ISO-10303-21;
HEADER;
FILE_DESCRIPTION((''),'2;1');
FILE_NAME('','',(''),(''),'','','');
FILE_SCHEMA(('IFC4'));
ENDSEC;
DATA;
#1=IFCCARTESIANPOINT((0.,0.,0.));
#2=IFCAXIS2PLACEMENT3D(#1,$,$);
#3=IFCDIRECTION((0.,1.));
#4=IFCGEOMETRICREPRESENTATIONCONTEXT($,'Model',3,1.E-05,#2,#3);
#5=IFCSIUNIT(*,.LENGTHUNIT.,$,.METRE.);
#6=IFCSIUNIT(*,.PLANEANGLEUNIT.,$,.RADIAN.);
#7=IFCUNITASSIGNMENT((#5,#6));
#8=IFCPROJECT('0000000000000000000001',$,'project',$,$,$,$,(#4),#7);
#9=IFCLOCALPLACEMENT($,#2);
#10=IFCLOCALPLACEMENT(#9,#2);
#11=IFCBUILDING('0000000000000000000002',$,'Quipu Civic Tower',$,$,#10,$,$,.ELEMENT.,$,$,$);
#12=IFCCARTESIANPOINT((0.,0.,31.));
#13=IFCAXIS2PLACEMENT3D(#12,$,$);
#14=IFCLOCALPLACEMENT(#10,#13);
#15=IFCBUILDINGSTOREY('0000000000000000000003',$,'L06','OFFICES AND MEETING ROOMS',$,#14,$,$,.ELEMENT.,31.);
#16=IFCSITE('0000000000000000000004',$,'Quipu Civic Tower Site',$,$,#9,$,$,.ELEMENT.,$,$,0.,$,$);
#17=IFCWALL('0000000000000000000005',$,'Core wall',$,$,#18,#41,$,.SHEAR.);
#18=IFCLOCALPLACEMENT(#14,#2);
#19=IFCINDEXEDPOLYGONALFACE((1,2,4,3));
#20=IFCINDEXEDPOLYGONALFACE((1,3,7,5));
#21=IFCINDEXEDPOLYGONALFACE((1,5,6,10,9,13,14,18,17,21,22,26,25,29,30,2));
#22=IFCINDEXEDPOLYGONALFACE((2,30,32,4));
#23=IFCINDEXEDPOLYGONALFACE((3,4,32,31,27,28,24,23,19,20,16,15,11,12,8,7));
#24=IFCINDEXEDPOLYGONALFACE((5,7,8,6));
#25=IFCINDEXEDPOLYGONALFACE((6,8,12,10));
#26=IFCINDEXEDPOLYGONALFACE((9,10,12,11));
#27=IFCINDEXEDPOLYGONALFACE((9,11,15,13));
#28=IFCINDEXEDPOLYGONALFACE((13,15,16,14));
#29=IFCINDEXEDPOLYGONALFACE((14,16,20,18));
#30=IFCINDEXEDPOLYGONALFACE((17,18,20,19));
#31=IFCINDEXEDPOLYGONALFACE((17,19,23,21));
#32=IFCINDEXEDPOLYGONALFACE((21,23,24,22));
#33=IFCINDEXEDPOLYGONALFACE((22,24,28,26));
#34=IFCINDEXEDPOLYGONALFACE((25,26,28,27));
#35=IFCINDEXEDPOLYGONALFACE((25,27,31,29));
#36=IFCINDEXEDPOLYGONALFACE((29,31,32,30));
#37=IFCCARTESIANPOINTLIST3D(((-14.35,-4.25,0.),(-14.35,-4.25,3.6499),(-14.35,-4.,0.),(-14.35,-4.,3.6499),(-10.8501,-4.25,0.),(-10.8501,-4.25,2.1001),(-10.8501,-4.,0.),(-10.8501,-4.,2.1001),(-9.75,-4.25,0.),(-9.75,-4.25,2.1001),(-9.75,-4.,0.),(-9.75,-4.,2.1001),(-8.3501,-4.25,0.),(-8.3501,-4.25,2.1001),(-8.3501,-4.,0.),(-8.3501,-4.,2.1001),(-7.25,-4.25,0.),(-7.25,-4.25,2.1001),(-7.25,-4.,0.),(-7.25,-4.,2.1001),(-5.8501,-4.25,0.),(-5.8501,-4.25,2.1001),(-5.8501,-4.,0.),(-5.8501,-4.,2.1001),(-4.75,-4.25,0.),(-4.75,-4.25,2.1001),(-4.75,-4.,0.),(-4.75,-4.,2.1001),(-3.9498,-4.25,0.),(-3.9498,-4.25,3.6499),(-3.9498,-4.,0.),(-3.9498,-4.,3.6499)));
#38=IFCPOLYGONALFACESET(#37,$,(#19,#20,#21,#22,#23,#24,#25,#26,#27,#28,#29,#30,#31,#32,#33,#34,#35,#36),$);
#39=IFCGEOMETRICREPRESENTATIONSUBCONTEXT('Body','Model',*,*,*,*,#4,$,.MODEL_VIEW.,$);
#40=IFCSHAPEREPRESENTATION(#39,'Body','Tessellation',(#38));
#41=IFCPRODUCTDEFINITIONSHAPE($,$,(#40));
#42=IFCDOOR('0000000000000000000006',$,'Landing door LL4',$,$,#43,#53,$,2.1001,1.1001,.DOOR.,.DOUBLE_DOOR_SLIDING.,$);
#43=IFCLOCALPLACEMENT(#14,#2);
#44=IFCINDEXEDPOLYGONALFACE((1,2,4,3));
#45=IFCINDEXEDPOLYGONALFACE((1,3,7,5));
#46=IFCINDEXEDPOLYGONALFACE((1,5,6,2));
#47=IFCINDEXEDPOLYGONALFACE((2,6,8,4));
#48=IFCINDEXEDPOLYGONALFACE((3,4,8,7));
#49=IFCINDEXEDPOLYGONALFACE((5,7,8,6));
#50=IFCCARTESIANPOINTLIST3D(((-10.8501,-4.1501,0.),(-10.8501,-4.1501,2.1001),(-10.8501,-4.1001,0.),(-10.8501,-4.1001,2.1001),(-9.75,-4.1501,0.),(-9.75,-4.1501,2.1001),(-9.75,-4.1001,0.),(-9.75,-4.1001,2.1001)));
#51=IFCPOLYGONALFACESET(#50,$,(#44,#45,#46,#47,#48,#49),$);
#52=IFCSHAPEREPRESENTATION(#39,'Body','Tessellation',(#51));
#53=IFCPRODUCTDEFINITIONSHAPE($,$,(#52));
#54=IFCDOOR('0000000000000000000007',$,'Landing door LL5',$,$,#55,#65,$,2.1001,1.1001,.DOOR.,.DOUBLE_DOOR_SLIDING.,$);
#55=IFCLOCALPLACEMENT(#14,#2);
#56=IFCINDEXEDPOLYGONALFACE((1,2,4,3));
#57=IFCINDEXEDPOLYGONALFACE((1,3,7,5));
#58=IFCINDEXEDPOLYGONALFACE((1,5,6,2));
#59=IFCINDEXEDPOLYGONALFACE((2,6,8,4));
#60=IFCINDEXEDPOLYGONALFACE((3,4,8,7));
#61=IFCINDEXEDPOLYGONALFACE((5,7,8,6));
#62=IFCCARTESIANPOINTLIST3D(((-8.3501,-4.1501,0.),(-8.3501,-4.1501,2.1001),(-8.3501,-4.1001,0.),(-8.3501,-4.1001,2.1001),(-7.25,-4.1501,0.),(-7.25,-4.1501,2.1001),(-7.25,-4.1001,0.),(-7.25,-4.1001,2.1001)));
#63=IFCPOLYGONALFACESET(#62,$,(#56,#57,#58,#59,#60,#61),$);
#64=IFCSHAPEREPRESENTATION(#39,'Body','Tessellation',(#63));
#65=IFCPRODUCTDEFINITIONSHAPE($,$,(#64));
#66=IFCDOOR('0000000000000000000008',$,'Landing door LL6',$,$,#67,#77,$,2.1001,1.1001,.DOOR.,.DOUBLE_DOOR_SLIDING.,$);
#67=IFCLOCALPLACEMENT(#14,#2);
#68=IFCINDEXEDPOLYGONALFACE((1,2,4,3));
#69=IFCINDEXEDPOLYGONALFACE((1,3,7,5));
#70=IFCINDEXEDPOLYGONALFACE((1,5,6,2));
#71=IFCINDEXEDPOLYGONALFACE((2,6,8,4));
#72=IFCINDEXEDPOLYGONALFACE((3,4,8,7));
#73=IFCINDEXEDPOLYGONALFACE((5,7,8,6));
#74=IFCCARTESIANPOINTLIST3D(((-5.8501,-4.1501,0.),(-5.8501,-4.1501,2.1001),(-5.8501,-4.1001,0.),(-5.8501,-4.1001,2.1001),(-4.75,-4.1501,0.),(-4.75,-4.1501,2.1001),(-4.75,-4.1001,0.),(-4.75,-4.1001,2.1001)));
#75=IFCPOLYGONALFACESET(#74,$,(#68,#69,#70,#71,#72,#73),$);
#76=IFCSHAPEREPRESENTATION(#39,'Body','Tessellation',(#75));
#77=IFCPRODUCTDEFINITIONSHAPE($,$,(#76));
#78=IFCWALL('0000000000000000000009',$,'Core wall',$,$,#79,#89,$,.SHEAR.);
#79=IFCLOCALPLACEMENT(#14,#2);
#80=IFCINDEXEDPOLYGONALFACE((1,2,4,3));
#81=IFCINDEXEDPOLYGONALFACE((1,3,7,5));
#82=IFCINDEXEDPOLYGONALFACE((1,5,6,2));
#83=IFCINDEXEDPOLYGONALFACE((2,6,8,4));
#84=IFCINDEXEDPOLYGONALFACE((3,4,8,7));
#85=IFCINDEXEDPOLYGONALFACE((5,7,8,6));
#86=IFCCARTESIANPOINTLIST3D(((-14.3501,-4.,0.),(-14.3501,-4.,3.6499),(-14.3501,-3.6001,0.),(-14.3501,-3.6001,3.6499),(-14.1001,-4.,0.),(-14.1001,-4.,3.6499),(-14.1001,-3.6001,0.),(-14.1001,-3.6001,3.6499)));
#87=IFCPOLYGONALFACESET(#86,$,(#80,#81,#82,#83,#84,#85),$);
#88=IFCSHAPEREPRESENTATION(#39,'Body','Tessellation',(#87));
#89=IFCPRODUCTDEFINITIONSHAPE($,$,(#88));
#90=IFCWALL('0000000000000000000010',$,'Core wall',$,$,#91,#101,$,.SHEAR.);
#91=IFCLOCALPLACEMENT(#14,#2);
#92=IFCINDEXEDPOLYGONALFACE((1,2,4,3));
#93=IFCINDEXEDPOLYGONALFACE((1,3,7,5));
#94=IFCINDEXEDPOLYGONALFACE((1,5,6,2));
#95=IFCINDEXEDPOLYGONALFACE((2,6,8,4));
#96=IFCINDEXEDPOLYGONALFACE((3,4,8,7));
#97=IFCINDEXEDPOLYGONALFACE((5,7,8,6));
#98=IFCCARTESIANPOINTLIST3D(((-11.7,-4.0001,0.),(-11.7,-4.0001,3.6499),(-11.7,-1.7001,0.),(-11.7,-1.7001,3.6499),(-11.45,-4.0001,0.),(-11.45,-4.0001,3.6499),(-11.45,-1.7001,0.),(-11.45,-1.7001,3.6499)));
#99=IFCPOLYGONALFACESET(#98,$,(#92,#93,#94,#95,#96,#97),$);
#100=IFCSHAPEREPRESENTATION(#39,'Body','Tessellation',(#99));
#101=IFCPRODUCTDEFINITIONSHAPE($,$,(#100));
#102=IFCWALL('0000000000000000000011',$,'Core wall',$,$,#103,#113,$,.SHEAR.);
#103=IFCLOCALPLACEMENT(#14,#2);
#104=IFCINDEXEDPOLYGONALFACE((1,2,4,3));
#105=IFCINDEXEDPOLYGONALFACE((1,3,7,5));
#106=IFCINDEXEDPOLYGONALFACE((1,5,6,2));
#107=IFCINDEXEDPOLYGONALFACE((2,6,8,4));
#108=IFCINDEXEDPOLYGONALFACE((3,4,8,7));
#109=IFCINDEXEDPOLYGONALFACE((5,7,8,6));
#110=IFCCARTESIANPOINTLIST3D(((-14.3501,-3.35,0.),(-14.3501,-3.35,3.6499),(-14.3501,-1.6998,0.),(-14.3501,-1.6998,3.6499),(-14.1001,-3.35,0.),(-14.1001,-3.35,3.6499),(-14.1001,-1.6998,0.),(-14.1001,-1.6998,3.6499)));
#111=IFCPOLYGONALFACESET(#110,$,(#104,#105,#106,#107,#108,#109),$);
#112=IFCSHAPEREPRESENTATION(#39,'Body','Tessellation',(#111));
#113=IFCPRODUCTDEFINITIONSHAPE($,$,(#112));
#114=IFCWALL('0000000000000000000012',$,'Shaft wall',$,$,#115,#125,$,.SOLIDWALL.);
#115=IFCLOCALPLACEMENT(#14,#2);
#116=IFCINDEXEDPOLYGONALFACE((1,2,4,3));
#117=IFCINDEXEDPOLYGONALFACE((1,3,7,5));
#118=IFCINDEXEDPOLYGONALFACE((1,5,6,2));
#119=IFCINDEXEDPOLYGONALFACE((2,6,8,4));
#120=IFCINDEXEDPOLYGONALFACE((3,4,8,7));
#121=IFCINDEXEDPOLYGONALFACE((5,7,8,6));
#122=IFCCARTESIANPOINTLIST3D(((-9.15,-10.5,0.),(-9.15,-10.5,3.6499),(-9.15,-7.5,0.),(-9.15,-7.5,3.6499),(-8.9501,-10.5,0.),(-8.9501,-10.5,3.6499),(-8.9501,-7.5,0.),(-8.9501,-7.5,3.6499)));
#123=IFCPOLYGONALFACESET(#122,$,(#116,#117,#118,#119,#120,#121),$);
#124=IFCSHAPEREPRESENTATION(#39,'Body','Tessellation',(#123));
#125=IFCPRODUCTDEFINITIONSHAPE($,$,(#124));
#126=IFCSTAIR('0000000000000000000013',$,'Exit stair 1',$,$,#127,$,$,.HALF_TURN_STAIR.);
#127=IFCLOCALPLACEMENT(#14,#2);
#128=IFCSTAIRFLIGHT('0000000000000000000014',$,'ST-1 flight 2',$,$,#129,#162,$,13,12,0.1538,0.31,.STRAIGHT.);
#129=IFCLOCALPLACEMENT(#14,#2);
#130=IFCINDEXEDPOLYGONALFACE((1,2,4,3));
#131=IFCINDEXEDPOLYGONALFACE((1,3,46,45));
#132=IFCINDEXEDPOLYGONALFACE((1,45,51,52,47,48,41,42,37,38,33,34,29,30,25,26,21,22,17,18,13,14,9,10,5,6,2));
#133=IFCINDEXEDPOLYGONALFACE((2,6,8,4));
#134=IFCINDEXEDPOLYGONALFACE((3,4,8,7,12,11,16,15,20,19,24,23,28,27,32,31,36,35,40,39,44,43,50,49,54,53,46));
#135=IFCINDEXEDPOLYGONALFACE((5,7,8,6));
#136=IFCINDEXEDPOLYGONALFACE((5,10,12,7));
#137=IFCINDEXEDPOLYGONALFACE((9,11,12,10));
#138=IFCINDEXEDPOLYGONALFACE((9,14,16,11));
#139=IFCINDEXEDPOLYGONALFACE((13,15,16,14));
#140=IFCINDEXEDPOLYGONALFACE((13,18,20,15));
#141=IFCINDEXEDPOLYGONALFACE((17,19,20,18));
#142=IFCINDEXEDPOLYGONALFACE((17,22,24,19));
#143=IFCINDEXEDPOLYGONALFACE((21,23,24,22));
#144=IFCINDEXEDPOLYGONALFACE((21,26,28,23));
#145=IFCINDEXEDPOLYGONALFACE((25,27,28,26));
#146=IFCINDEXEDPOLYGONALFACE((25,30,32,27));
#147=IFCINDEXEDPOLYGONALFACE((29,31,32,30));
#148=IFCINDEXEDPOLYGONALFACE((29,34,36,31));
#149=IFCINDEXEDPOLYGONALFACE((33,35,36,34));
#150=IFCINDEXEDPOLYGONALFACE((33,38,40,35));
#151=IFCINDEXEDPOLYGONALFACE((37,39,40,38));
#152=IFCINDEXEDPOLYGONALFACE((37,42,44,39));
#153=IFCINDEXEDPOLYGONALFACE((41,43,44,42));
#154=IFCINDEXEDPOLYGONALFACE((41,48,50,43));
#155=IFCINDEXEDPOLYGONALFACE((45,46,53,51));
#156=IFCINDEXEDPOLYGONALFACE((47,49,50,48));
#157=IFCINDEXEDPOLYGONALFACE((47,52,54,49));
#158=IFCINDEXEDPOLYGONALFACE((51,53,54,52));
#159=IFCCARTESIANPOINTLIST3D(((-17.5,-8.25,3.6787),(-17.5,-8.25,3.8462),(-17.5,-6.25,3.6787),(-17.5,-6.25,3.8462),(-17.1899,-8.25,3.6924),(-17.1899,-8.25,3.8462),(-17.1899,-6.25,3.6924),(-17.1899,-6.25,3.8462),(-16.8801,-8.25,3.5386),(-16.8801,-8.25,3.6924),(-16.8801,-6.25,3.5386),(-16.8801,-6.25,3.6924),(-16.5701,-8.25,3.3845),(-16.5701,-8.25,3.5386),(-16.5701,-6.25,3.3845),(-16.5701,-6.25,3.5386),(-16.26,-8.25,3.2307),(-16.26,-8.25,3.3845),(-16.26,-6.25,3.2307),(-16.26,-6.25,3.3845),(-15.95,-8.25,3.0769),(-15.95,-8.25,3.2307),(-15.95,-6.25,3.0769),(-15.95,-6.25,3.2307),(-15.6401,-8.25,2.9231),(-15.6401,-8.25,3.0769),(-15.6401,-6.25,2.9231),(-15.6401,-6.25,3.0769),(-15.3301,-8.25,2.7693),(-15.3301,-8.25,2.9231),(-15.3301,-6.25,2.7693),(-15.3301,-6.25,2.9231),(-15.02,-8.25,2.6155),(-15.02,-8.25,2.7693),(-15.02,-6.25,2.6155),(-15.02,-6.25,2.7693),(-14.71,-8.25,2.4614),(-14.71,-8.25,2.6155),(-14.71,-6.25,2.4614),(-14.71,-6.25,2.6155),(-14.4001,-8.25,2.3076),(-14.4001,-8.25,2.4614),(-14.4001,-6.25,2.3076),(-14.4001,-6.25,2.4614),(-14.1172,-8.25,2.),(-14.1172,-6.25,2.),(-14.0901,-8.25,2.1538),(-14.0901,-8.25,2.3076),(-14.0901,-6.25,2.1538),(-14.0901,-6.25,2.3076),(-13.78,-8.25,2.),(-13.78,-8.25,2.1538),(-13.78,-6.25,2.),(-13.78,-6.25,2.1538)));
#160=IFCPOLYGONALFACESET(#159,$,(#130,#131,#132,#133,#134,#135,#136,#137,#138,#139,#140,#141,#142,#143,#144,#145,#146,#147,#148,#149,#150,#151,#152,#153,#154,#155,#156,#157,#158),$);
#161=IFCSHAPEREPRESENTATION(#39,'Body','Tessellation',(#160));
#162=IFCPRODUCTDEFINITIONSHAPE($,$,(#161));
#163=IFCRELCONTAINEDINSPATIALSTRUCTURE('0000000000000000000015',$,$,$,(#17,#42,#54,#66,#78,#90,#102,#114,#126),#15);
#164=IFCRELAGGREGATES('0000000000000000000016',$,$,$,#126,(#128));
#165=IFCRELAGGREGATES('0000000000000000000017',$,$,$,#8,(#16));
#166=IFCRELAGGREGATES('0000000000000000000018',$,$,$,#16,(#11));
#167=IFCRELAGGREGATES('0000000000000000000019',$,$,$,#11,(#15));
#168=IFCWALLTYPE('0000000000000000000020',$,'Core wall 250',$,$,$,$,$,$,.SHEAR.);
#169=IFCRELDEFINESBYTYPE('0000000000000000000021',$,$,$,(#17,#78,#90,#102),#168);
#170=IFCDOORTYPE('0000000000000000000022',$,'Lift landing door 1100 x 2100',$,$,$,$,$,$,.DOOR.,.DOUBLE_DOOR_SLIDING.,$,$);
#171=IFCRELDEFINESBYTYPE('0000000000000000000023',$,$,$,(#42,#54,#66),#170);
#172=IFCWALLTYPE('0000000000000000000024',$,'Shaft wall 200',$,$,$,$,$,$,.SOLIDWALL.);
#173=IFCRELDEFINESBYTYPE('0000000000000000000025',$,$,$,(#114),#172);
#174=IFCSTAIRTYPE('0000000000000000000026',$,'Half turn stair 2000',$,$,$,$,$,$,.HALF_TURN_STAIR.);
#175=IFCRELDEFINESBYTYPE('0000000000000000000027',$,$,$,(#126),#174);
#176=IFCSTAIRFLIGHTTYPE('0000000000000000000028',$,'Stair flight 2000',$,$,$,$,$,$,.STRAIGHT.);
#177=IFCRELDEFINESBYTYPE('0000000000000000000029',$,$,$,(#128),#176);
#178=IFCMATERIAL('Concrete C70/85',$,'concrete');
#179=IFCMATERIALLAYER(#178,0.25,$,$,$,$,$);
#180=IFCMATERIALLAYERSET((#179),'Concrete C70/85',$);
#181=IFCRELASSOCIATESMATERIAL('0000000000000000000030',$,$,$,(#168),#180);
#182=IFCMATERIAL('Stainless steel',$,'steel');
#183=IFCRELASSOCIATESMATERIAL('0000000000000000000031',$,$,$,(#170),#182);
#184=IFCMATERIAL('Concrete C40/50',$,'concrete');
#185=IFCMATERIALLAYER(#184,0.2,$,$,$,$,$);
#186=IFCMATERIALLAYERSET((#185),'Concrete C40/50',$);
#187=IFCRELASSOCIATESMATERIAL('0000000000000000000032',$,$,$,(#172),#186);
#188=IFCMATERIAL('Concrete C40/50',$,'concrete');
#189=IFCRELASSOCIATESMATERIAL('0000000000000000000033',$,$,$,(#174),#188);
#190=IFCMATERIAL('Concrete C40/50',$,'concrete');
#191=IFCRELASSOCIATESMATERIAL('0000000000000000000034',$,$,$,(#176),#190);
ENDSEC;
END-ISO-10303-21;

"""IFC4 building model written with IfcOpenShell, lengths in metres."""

from ifc_helpers import new_model, si_unit, direction, frame, frame_2d, origin, place, context, subcontext, project, spatial, polyline, rectangle, outline, extrude, material, layer, layer_set, type_object, element, fill, aggregate, save


model = new_model("IFC4")

# Units and contexts
model_context = context("Model", 3, precision=1e-05, world=origin(), true_north=direction((0.0, 1.0)))
body_context = subcontext(model_context, "Body", "Model", "MODEL_VIEW")
ifc_project = project(units=[si_unit("LENGTHUNIT", "METRE"), si_unit("PLANEANGLEUNIT", "RADIAN")], contexts=[model_context])

# Site, building, storey
site_placement = place(None, origin())
site = spatial("IfcSite", under=ifc_project, at=site_placement, Name="Quipu Civic Tower Site", CompositionType="ELEMENT", RefElevation=0.0)
building_placement = place(site_placement, origin())
building = spatial("IfcBuilding", under=site, at=building_placement, Name="Quipu Civic Tower", CompositionType="ELEMENT")
storey_placement = place(building_placement, frame((0.0, 0.0, 31.0)))
storey = spatial("IfcBuildingStorey", under=building, at=storey_placement, Name="L06", Description="OFFICES AND MEETING ROOMS", CompositionType="ELEMENT", Elevation=31.0)

# Shared definitions
ifc_material_1 = material(Name="Concrete C70/85", Category="concrete")
ifc_layer_1 = layer(ifc_material_1, 0.25)
ifc_layer_set_1 = layer_set([ifc_layer_1], Name="Concrete C70/85")
wall_type_1 = type_object("IfcWallType", Name="Core wall 250", PredefinedType="SHEAR", material=ifc_layer_set_1)

# Wall, openings, doors
wall_1_placement = place(storey_placement, frame((-14.3501, -4.125, 0.0), z_axis=(0.0, 0.0, 1.0), x_axis=(1.0, 0.0, 0.0)))
wall_1 = element("IfcWall", 1, at=wall_1_placement, inside=storey, type_object=wall_type_1, Name="Core wall", PredefinedType="SHEAR", context=body_context, shape_type="SweptSolid", body=[
    extrude(rectangle(XDim=10.4001, YDim=0.25, at=frame_2d((5.2002, 0.0))), origin(), (0.0, 0.0, 1.0), 3.6499),
])
opening_1_placement = place(wall_1_placement, frame((3.5, 0.0, 0.0)))
opening_1 = element("IfcOpeningElement", 2, at=opening_1_placement, cuts=wall_1, PredefinedType="OPENING", context=body_context, shape_type="SweptSolid", body=[
    extrude(rectangle(XDim=1.1001, YDim=2.1001, at=frame_2d((0.55, 1.05))), frame((0.0, 0.135, 0.0), z_axis=(0.0, -1.0, 0.0), x_axis=(1.0, 0.0, 0.0)), (0.0, 0.0, 1.0), 0.27),
])
opening_2_placement = place(wall_1_placement, frame((6.0, 0.0, 0.0)))
opening_2 = element("IfcOpeningElement", 3, at=opening_2_placement, cuts=wall_1, PredefinedType="OPENING", context=body_context, shape_type="SweptSolid", body=[
    extrude(rectangle(XDim=1.1001, YDim=2.1001, at=frame_2d((0.55, 1.05))), frame((0.0, 0.135, 0.0), z_axis=(0.0, -1.0, 0.0), x_axis=(1.0, 0.0, 0.0)), (0.0, 0.0, 1.0), 0.27),
])
opening_3_placement = place(wall_1_placement, frame((8.5, 0.0, 0.0)))
opening_3 = element("IfcOpeningElement", 4, at=opening_3_placement, cuts=wall_1, PredefinedType="OPENING", context=body_context, shape_type="SweptSolid", body=[
    extrude(rectangle(XDim=1.1001, YDim=2.1001, at=frame_2d((0.55, 1.05))), frame((0.0, 0.135, 0.0), z_axis=(0.0, -1.0, 0.0), x_axis=(1.0, 0.0, 0.0)), (0.0, 0.0, 1.0), 0.27),
])
ifc_material_2 = material(Name="Stainless steel", Category="steel")
door_type_1 = type_object("IfcDoorType", Name="Lift landing door 1100 x 2100", OperationType="DOUBLE_DOOR_SLIDING", PredefinedType="DOOR", material=ifc_material_2)
door_1_placement = place(opening_1_placement, origin())
door_1 = element("IfcDoor", 5, at=door_1_placement, inside=storey, type_object=door_type_1, Name="Landing door LL4", OperationType="DOUBLE_DOOR_SLIDING", OverallHeight=2.1001, OverallWidth=1.1001, PredefinedType="DOOR", context=body_context, shape_type="SweptSolid", body=[
    extrude(rectangle(XDim=1.1001, YDim=2.1001, at=frame_2d((0.55, 1.05))), frame((0.0, 0.0249, 0.0), z_axis=(0.0, -1.0, 0.0), x_axis=(1.0, 0.0, 0.0)), (0.0, 0.0, 1.0), 0.05),
])
fill(opening_1, door_1)
door_2_placement = place(opening_2_placement, origin())
door_2 = element("IfcDoor", 6, at=door_2_placement, inside=storey, type_object=door_type_1, Name="Landing door LL5", OperationType="DOUBLE_DOOR_SLIDING", OverallHeight=2.1001, OverallWidth=1.1001, PredefinedType="DOOR", context=body_context, shape_type="SweptSolid", body=[
    extrude(rectangle(XDim=1.1001, YDim=2.1001, at=frame_2d((0.55, 1.05))), frame((0.0, 0.0249, 0.0), z_axis=(0.0, -1.0, 0.0), x_axis=(1.0, 0.0, 0.0)), (0.0, 0.0, 1.0), 0.05),
])
fill(opening_2, door_2)
door_3_placement = place(opening_3_placement, origin())
door_3 = element("IfcDoor", 7, at=door_3_placement, inside=storey, type_object=door_type_1, Name="Landing door LL6", OperationType="DOUBLE_DOOR_SLIDING", OverallHeight=2.1001, OverallWidth=1.1001, PredefinedType="DOOR", context=body_context, shape_type="SweptSolid", body=[
    extrude(rectangle(XDim=1.1001, YDim=2.1001, at=frame_2d((0.55, 1.05))), frame((0.0, 0.0249, 0.0), z_axis=(0.0, -1.0, 0.0), x_axis=(1.0, 0.0, 0.0)), (0.0, 0.0, 1.0), 0.05),
])
fill(opening_3, door_3)

# Walls
wall_2_placement = place(storey_placement, frame((-14.2251, -4.0, 0.0), z_axis=(0.0, 0.0, 1.0), x_axis=(0.0, 1.0, 0.0)))
element("IfcWall", 8, at=wall_2_placement, inside=storey, type_object=wall_type_1, Name="Core wall", PredefinedType="SHEAR", context=body_context, shape_type="SweptSolid", body=[
    extrude(rectangle(XDim=0.3999, YDim=0.25, at=frame_2d((0.2, 0.0))), origin(), (0.0, 0.0, 1.0), 3.6499),
])
wall_3_placement = place(storey_placement, frame((-11.575, -4.0, 0.0), z_axis=(0.0, 0.0, 1.0), x_axis=(0.0, 1.0, 0.0)))
element("IfcWall", 9, at=wall_3_placement, inside=storey, type_object=wall_type_1, Name="Core wall", PredefinedType="SHEAR", context=body_context, shape_type="SweptSolid", body=[
    extrude(rectangle(XDim=2.3, YDim=0.25, at=frame_2d((1.1499, 0.0))), origin(), (0.0, 0.0, 1.0), 3.6499),
])
wall_4_placement = place(storey_placement, frame((-14.2251, -3.3501, 0.0), z_axis=(0.0, 0.0, 1.0), x_axis=(0.0, 1.0, 0.0)))
element("IfcWall", 10, at=wall_4_placement, inside=storey, type_object=wall_type_1, Name="Core wall", PredefinedType="SHEAR", context=body_context, shape_type="SweptSolid", body=[
    extrude(rectangle(XDim=1.6501, YDim=0.25, at=frame_2d((0.8252, 0.0))), origin(), (0.0, 0.0, 1.0), 3.6499),
])
ifc_material_3 = material(Name="Concrete C40/50", Category="concrete")
ifc_layer_2 = layer(ifc_material_3, 0.2)
ifc_layer_set_2 = layer_set([ifc_layer_2], Name="Concrete C40/50")
wall_type_2 = type_object("IfcWallType", Name="Shaft wall 200", PredefinedType="SOLIDWALL", material=ifc_layer_set_2)
wall_5_placement = place(storey_placement, frame((-9.05, -10.5, 0.0), z_axis=(0.0, 0.0, 1.0), x_axis=(0.0, 1.0, 0.0)))
element("IfcWall", 11, at=wall_5_placement, inside=storey, type_object=wall_type_2, Name="Shaft wall", PredefinedType="SOLIDWALL", context=body_context, shape_type="SweptSolid", body=[
    extrude(rectangle(XDim=3.0, YDim=0.2, at=frame_2d((1.5, 0.0))), origin(), (0.0, 0.0, 1.0), 3.6499),
])

# Stair, stair flight
ifc_material_4 = material(Name="Concrete C40/50", Category="concrete")
stair_type = type_object("IfcStairType", Name="Half turn stair 2000", PredefinedType="HALF_TURN_STAIR", material=ifc_material_4)
stair_placement = place(storey_placement, origin())
stair = element("IfcStair", 12, at=stair_placement, inside=storey, type_object=stair_type, Name="Exit stair 1", PredefinedType="HALF_TURN_STAIR")
ifc_material_5 = material(Name="Concrete C40/50", Category="concrete")
stair_flight_type = type_object("IfcStairFlightType", Name="Stair flight 2000", PredefinedType="STRAIGHT", material=ifc_material_5)
stair_flight_placement = place(storey_placement, frame((-13.78, -7.25, 2.0), z_axis=(0.0, 0.0, 1.0), x_axis=(-1.0, 0.0, 0.0)))
stair_flight = element("IfcStairFlight", 13, at=stair_flight_placement, type_object=stair_flight_type, Name="ST-1 flight 2", NumberOfRisers=13, NumberOfTreads=12, PredefinedType="STRAIGHT", RiserHeight=0.1538, TreadLength=0.31, context=body_context, shape_type="SweptSolid", body=[
    extrude(outline(polyline([(0.0, 0.0), (0.0, 0.1538), (0.3101, 0.1538), (0.3101, 0.3076), (0.6201, 0.3076), (0.6201, 0.4614), (0.9299, 0.4614), (0.9299, 0.6155), (1.24, 0.6155), (1.24, 0.7693), (1.55, 0.7693), (1.55, 0.9231), (1.8601, 0.9231), (1.8601, 1.0769), (2.1699, 1.0769), (2.1699, 1.2307), (2.48, 1.2307), (2.48, 1.3845), (2.79, 1.3845), (2.79, 1.5386), (3.1001, 1.5386), (3.1001, 1.6924), (3.4099, 1.6924), (3.4099, 1.8462), (3.72, 1.8462), (3.72, 2.0), (3.72, 1.6787), (0.3372, 0.0), (0.0, 0.0)])), frame((0.0, 1.0, 0.0), z_axis=(0.0, -1.0, 0.0), x_axis=(1.0, 0.0, 0.0)), (0.0, 0.0, 1.0), 2.0),
])
aggregate(stair, [stair_flight])

save(model, "model.ifc")
